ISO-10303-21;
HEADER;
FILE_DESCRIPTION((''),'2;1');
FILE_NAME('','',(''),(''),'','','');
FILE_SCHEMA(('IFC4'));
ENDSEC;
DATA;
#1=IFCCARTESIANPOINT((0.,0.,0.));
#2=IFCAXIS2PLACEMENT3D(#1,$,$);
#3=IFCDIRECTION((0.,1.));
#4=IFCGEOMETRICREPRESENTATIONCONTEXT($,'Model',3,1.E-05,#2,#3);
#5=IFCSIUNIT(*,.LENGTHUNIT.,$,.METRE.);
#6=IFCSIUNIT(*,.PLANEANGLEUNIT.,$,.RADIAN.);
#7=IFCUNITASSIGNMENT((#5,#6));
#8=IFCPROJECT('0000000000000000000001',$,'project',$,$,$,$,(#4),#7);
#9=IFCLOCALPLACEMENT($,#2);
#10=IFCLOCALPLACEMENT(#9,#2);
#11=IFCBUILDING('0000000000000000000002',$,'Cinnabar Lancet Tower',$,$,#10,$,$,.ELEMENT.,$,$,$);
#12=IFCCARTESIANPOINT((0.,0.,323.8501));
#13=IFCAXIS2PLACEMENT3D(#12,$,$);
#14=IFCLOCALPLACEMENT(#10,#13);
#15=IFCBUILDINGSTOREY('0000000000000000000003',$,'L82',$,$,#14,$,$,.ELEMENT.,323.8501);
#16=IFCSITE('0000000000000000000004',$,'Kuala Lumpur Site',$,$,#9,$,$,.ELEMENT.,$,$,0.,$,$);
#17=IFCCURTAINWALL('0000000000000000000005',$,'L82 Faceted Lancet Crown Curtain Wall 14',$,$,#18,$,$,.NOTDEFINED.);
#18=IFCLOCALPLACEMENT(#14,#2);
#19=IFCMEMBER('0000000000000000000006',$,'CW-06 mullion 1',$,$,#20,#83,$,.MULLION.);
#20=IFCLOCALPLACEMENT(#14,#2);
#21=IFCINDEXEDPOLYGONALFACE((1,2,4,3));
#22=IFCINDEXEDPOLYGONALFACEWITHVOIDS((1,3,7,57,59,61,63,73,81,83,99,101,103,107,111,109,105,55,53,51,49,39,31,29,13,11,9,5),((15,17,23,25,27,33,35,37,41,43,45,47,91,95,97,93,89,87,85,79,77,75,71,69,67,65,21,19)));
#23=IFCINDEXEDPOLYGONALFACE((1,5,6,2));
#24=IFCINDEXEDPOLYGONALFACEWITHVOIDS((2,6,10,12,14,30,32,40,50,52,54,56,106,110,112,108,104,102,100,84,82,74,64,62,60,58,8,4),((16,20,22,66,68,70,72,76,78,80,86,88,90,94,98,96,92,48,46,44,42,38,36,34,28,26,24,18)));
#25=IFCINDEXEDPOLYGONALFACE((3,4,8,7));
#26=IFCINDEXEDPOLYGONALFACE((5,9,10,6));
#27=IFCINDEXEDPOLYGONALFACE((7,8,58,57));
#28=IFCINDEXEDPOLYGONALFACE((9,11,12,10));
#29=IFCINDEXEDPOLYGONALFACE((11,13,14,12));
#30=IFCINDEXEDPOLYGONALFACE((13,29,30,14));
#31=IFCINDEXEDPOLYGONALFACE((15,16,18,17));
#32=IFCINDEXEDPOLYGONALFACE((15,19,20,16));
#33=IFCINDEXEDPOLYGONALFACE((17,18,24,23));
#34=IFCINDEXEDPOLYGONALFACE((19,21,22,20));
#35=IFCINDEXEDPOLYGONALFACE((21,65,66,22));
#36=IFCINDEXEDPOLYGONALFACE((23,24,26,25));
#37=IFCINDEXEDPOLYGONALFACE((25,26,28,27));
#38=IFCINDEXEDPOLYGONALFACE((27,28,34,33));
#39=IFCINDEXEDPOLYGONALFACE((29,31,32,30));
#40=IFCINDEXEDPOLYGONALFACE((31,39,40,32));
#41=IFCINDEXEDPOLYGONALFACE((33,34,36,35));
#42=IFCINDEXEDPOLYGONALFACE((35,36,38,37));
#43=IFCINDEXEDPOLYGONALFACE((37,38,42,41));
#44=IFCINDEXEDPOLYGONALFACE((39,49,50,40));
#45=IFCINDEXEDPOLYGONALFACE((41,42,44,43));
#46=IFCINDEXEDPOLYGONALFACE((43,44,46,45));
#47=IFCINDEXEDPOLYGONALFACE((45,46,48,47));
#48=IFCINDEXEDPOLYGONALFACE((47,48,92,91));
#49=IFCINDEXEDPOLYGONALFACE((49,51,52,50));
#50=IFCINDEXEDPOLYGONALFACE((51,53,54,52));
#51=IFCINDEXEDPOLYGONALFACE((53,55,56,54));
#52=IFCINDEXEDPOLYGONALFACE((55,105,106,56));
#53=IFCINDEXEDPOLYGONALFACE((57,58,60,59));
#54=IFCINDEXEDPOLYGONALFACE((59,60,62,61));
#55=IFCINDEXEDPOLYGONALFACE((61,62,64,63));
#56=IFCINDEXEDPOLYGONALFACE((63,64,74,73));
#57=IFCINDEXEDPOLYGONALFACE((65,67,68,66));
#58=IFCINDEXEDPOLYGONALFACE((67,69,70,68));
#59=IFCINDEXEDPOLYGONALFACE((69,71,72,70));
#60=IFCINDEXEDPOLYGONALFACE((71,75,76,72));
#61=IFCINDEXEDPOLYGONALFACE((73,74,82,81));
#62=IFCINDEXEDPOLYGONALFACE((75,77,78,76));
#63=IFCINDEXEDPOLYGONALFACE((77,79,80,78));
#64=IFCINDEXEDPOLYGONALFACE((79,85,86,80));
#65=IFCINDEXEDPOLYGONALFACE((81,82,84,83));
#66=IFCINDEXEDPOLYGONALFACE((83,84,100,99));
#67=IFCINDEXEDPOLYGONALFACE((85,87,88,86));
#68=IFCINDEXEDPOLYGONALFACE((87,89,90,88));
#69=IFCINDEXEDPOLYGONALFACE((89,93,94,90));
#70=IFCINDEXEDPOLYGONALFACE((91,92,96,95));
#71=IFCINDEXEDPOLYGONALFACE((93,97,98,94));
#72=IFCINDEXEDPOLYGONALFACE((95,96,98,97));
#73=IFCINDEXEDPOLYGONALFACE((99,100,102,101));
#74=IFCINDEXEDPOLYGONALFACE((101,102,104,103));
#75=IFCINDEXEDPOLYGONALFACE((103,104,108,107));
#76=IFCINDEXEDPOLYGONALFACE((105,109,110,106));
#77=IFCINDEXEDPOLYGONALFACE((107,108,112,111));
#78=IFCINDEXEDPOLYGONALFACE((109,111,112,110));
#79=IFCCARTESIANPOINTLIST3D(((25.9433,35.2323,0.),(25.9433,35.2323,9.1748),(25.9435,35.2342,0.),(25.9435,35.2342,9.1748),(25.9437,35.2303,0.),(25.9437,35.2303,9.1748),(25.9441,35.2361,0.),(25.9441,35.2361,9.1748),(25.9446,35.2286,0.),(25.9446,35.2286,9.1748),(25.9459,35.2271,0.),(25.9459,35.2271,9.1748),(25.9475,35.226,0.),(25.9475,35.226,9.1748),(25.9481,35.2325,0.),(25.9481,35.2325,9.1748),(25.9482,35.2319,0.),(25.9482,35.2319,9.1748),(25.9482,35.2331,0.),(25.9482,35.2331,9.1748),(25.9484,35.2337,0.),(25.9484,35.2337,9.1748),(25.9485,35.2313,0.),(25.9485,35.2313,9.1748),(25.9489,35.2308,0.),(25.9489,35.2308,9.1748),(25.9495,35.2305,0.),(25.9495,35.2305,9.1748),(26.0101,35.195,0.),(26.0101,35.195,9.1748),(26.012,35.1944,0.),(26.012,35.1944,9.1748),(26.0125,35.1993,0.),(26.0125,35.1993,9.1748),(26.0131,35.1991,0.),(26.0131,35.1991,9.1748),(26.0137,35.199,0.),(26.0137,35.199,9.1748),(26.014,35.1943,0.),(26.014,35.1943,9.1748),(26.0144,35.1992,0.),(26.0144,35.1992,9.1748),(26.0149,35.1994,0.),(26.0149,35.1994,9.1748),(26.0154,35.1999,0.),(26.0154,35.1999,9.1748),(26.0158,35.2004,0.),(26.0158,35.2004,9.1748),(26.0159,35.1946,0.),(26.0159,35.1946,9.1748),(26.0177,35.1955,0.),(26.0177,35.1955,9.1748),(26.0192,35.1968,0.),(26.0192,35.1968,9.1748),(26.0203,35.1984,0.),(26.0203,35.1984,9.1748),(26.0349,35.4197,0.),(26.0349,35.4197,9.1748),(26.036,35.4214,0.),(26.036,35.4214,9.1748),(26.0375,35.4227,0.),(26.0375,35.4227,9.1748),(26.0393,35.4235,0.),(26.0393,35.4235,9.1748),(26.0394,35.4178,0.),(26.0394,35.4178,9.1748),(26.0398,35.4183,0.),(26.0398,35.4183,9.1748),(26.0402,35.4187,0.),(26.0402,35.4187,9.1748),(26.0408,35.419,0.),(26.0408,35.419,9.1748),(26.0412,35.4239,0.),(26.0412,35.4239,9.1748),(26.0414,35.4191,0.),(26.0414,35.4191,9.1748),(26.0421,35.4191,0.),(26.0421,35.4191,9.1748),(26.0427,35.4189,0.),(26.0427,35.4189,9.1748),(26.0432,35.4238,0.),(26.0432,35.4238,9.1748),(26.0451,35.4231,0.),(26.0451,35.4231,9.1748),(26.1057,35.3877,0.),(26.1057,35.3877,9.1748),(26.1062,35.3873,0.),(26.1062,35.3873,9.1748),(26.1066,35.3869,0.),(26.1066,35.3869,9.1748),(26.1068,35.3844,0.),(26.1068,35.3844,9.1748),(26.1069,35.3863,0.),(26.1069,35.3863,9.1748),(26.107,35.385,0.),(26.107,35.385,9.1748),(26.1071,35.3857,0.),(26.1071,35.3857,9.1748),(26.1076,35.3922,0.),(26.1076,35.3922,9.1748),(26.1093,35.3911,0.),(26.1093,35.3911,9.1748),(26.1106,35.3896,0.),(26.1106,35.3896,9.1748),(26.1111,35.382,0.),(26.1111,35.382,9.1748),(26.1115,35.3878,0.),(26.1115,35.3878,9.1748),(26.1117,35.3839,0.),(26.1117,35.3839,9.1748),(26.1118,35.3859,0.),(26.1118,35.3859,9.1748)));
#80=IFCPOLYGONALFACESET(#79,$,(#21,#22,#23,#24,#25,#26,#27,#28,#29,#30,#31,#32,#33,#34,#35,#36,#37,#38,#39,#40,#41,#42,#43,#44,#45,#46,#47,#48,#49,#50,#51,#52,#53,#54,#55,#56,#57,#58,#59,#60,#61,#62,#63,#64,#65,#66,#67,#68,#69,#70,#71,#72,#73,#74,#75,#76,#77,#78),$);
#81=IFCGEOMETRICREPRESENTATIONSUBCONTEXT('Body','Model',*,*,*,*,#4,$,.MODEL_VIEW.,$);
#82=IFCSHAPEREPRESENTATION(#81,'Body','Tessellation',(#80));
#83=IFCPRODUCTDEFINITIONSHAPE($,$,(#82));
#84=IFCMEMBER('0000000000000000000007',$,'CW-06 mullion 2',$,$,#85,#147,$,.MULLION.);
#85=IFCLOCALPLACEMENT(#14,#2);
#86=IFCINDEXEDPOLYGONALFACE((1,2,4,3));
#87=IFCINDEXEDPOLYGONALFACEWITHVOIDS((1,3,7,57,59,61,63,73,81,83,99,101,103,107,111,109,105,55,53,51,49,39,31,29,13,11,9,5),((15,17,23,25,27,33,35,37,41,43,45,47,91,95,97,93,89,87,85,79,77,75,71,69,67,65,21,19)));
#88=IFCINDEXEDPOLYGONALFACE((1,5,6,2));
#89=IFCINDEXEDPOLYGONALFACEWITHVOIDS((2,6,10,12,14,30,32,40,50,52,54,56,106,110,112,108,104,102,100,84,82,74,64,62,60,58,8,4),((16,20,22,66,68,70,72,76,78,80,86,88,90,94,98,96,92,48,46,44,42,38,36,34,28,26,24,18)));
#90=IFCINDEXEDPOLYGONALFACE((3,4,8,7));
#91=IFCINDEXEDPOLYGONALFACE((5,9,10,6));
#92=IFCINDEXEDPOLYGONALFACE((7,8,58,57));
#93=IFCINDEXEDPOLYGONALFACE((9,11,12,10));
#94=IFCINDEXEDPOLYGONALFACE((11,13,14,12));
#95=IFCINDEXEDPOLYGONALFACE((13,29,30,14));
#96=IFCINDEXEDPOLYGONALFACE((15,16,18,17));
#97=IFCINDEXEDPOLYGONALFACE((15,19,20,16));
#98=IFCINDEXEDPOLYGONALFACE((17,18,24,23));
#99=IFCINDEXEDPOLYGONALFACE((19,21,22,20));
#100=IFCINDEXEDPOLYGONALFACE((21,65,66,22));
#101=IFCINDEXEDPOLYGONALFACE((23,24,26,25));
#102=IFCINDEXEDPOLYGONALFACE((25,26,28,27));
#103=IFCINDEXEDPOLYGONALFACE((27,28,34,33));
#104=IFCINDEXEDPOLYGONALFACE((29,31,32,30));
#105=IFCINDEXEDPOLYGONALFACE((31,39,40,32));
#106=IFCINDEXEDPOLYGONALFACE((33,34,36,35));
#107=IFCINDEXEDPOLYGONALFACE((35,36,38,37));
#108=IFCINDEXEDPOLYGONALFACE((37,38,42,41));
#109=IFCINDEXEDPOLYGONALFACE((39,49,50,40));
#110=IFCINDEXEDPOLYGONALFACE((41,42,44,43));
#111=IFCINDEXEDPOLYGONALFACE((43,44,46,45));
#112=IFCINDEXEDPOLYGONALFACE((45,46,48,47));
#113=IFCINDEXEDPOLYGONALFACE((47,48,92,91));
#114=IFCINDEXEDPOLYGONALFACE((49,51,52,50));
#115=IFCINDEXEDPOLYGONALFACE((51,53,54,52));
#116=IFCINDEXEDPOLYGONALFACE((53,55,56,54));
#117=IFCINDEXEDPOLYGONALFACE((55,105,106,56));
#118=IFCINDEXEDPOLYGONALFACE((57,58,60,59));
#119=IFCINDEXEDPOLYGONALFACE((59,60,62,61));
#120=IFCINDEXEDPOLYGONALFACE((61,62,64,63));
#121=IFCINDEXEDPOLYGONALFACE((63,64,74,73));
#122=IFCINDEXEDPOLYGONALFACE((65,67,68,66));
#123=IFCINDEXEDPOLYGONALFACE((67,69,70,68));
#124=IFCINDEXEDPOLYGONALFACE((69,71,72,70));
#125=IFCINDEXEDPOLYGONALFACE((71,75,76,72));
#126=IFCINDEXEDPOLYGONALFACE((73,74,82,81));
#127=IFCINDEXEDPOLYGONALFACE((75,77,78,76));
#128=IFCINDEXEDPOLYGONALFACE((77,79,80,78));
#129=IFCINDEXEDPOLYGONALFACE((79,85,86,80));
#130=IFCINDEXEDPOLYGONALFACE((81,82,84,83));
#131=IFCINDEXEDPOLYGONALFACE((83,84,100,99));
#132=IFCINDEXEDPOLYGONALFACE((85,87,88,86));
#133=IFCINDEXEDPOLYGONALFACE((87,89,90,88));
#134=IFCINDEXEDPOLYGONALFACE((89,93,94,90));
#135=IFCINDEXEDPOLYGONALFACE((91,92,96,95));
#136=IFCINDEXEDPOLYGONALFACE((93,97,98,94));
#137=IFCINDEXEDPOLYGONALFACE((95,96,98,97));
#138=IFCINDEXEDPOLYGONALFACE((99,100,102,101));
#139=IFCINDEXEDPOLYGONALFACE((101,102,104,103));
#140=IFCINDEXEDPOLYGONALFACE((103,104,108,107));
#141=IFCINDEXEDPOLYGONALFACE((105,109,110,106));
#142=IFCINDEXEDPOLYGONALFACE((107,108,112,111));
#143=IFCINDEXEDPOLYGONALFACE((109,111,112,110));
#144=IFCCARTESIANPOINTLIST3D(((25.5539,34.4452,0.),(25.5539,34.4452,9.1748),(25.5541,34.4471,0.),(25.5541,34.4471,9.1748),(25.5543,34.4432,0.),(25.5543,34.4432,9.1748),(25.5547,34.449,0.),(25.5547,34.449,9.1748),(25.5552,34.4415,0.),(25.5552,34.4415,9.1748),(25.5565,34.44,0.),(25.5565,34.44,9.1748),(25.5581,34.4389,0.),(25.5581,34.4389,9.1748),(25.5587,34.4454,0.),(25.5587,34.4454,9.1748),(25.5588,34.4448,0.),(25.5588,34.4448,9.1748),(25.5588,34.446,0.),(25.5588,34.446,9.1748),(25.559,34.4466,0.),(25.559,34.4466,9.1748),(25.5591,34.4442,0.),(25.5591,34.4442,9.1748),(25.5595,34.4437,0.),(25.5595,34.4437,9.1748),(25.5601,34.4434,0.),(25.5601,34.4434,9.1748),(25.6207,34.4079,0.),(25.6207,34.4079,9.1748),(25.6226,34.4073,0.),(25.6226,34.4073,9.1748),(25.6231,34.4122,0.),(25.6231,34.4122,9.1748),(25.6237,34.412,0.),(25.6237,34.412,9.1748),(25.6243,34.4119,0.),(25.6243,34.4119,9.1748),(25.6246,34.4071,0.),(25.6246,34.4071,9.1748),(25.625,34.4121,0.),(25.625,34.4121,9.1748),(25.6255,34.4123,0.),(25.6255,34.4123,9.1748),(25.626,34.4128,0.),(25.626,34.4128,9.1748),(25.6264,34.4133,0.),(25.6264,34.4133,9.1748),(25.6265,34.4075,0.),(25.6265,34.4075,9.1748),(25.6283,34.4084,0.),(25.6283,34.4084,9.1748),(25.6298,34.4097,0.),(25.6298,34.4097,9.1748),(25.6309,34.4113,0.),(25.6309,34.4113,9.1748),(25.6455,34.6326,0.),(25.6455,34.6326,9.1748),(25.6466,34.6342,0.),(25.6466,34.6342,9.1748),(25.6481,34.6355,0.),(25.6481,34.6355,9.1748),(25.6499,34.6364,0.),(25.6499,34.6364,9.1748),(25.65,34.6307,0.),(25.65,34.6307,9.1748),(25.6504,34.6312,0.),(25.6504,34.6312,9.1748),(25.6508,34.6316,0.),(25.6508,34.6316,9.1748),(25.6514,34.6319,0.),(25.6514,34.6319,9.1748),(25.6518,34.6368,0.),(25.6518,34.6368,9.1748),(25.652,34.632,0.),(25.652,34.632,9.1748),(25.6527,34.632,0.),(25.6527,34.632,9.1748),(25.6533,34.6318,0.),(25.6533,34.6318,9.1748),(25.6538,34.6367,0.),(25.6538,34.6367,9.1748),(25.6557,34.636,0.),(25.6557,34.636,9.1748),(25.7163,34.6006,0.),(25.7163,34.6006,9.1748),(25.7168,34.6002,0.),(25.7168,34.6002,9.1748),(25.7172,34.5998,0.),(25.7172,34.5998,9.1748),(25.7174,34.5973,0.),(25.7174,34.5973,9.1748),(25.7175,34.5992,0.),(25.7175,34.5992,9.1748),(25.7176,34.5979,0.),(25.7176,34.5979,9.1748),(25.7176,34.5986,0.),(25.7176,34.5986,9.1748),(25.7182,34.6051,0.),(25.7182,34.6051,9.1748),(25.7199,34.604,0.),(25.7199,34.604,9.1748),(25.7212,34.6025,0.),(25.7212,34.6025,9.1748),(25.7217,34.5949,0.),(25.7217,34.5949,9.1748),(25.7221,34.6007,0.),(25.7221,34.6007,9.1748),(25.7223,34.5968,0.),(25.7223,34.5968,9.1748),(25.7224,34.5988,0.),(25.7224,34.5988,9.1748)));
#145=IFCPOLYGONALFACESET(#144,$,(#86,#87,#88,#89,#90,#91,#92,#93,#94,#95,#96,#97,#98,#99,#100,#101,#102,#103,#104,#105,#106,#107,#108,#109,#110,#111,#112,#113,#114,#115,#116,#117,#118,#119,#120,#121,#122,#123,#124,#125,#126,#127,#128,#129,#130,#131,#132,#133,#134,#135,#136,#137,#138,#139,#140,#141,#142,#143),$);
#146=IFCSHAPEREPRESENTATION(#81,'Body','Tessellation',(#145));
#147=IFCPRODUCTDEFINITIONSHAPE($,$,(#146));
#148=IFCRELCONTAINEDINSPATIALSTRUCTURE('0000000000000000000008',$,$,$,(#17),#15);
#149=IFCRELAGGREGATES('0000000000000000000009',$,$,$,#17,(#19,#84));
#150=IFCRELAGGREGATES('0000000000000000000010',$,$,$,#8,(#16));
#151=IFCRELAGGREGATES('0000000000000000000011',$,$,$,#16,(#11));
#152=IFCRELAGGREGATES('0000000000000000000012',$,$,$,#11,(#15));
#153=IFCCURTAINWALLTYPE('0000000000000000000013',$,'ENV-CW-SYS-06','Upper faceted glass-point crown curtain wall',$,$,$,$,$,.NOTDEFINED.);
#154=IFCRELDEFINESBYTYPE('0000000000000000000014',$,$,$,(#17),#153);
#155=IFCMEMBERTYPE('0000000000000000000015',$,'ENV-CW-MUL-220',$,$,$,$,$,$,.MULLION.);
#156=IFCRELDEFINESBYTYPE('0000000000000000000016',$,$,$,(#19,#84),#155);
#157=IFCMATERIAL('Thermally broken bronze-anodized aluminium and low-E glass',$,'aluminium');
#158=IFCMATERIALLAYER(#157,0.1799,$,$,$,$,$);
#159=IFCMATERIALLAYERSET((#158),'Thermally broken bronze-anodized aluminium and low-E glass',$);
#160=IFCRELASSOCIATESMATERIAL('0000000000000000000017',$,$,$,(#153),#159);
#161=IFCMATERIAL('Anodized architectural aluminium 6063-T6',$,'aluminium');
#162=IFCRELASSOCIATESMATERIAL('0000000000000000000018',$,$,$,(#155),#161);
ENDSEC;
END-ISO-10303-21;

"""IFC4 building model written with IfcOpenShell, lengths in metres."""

from ifc_helpers import new_model, si_unit, direction, frame, origin, origin_2d, place, context, subcontext, project, spatial, hollow_rectangle, extrude, material, layer, layer_set, material_profile, profile_set, type_object, element, aggregate, save


model = new_model("IFC4")

# Units and contexts
model_context = context("Model", 3, precision=1e-05, world=origin(), true_north=direction((0.0, 1.0)))
body_context = subcontext(model_context, "Body", "Model", "MODEL_VIEW")
ifc_project = project(units=[si_unit("LENGTHUNIT", "METRE"), si_unit("PLANEANGLEUNIT", "RADIAN")], contexts=[model_context])

# Site, building, storey
site_placement = place(None, origin())
site = spatial("IfcSite", under=ifc_project, at=site_placement, Name="Kuala Lumpur Site", CompositionType="ELEMENT", RefElevation=0.0)
building_placement = place(site_placement, origin())
building = spatial("IfcBuilding", under=site, at=building_placement, Name="Cinnabar Lancet Tower", CompositionType="ELEMENT")
storey_placement = place(building_placement, frame((0.0, 0.0, 323.8501)))
storey = spatial("IfcBuildingStorey", under=building, at=storey_placement, Name="L82", CompositionType="ELEMENT", Elevation=323.8501)

# Curtain wall, members
ifc_material_1 = material(Name="Thermally broken bronze-anodized aluminium and low-E glass", Category="aluminium")
ifc_layer_1 = layer(ifc_material_1, 0.1799)
ifc_layer_set_1 = layer_set([ifc_layer_1], Name="Thermally broken bronze-anodized aluminium and low-E glass")
curtain_wall_type = type_object("IfcCurtainWallType", Name="ENV-CW-SYS-06", Description="Upper faceted glass-point crown curtain wall", PredefinedType="NOTDEFINED", material=ifc_layer_set_1)
ifc_material_2 = material(Name="Anodized architectural aluminium 6063-T6", Category="aluminium")
ifc_material_profile_1 = material_profile(ifc_material_2, hollow_rectangle(XDim=0.085, YDim=0.22, WallThickness=0.0049, InnerFilletRadius=0.0024, OuterFilletRadius=0.0076, at=origin_2d()), Name="CW-MUL 220x85x5")
ifc_profile_set_1 = profile_set([ifc_material_profile_1], Name="Anodized architectural aluminium 6063-T6")
member_type_1 = type_object("IfcMemberType", Name="ENV-CW-MUL-220", PredefinedType="MULLION", material=ifc_profile_set_1)
curtain_wall_1_placement = place(storey_placement, origin())
curtain_wall_1 = element("IfcCurtainWall", 1, at=curtain_wall_1_placement, inside=storey, type_object=curtain_wall_type, Name="L82 Faceted Lancet Crown Curtain Wall 14", PredefinedType="NOTDEFINED")
member_1_placement = place(storey_placement, frame((26.0276, 35.3091, 0.0), z_axis=(0.0, 0.0, 1.0), x_axis=(0.896337, -0.443373, 0.0)))
member_1 = element("IfcMember", 2, at=member_1_placement, type_object=member_type_1, Name="CW-06 mullion 1", PredefinedType="MULLION", context=body_context, shape_type="SweptSolid", body=[
    extrude(hollow_rectangle(XDim=0.085, YDim=0.22, WallThickness=0.0049, InnerFilletRadius=0.0024, OuterFilletRadius=0.0076, at=origin_2d()), origin(), (0.0, 0.0, 1.0), 9.1748),
])
member_2_placement = place(storey_placement, frame((25.6382, 34.522, 0.0), z_axis=(0.0, 0.0, 1.0), x_axis=(0.896337, -0.443373, 0.0)))
member_2 = element("IfcMember", 3, at=member_2_placement, type_object=member_type_1, Name="CW-06 mullion 2", PredefinedType="MULLION", context=body_context, shape_type="SweptSolid", body=[
    extrude(hollow_rectangle(XDim=0.085, YDim=0.22, WallThickness=0.0049, InnerFilletRadius=0.0024, OuterFilletRadius=0.0076, at=origin_2d()), origin(), (0.0, 0.0, 1.0), 9.1748),
])

aggregate(curtain_wall_1, [member_1, member_2])

save(model, "model.ifc")
